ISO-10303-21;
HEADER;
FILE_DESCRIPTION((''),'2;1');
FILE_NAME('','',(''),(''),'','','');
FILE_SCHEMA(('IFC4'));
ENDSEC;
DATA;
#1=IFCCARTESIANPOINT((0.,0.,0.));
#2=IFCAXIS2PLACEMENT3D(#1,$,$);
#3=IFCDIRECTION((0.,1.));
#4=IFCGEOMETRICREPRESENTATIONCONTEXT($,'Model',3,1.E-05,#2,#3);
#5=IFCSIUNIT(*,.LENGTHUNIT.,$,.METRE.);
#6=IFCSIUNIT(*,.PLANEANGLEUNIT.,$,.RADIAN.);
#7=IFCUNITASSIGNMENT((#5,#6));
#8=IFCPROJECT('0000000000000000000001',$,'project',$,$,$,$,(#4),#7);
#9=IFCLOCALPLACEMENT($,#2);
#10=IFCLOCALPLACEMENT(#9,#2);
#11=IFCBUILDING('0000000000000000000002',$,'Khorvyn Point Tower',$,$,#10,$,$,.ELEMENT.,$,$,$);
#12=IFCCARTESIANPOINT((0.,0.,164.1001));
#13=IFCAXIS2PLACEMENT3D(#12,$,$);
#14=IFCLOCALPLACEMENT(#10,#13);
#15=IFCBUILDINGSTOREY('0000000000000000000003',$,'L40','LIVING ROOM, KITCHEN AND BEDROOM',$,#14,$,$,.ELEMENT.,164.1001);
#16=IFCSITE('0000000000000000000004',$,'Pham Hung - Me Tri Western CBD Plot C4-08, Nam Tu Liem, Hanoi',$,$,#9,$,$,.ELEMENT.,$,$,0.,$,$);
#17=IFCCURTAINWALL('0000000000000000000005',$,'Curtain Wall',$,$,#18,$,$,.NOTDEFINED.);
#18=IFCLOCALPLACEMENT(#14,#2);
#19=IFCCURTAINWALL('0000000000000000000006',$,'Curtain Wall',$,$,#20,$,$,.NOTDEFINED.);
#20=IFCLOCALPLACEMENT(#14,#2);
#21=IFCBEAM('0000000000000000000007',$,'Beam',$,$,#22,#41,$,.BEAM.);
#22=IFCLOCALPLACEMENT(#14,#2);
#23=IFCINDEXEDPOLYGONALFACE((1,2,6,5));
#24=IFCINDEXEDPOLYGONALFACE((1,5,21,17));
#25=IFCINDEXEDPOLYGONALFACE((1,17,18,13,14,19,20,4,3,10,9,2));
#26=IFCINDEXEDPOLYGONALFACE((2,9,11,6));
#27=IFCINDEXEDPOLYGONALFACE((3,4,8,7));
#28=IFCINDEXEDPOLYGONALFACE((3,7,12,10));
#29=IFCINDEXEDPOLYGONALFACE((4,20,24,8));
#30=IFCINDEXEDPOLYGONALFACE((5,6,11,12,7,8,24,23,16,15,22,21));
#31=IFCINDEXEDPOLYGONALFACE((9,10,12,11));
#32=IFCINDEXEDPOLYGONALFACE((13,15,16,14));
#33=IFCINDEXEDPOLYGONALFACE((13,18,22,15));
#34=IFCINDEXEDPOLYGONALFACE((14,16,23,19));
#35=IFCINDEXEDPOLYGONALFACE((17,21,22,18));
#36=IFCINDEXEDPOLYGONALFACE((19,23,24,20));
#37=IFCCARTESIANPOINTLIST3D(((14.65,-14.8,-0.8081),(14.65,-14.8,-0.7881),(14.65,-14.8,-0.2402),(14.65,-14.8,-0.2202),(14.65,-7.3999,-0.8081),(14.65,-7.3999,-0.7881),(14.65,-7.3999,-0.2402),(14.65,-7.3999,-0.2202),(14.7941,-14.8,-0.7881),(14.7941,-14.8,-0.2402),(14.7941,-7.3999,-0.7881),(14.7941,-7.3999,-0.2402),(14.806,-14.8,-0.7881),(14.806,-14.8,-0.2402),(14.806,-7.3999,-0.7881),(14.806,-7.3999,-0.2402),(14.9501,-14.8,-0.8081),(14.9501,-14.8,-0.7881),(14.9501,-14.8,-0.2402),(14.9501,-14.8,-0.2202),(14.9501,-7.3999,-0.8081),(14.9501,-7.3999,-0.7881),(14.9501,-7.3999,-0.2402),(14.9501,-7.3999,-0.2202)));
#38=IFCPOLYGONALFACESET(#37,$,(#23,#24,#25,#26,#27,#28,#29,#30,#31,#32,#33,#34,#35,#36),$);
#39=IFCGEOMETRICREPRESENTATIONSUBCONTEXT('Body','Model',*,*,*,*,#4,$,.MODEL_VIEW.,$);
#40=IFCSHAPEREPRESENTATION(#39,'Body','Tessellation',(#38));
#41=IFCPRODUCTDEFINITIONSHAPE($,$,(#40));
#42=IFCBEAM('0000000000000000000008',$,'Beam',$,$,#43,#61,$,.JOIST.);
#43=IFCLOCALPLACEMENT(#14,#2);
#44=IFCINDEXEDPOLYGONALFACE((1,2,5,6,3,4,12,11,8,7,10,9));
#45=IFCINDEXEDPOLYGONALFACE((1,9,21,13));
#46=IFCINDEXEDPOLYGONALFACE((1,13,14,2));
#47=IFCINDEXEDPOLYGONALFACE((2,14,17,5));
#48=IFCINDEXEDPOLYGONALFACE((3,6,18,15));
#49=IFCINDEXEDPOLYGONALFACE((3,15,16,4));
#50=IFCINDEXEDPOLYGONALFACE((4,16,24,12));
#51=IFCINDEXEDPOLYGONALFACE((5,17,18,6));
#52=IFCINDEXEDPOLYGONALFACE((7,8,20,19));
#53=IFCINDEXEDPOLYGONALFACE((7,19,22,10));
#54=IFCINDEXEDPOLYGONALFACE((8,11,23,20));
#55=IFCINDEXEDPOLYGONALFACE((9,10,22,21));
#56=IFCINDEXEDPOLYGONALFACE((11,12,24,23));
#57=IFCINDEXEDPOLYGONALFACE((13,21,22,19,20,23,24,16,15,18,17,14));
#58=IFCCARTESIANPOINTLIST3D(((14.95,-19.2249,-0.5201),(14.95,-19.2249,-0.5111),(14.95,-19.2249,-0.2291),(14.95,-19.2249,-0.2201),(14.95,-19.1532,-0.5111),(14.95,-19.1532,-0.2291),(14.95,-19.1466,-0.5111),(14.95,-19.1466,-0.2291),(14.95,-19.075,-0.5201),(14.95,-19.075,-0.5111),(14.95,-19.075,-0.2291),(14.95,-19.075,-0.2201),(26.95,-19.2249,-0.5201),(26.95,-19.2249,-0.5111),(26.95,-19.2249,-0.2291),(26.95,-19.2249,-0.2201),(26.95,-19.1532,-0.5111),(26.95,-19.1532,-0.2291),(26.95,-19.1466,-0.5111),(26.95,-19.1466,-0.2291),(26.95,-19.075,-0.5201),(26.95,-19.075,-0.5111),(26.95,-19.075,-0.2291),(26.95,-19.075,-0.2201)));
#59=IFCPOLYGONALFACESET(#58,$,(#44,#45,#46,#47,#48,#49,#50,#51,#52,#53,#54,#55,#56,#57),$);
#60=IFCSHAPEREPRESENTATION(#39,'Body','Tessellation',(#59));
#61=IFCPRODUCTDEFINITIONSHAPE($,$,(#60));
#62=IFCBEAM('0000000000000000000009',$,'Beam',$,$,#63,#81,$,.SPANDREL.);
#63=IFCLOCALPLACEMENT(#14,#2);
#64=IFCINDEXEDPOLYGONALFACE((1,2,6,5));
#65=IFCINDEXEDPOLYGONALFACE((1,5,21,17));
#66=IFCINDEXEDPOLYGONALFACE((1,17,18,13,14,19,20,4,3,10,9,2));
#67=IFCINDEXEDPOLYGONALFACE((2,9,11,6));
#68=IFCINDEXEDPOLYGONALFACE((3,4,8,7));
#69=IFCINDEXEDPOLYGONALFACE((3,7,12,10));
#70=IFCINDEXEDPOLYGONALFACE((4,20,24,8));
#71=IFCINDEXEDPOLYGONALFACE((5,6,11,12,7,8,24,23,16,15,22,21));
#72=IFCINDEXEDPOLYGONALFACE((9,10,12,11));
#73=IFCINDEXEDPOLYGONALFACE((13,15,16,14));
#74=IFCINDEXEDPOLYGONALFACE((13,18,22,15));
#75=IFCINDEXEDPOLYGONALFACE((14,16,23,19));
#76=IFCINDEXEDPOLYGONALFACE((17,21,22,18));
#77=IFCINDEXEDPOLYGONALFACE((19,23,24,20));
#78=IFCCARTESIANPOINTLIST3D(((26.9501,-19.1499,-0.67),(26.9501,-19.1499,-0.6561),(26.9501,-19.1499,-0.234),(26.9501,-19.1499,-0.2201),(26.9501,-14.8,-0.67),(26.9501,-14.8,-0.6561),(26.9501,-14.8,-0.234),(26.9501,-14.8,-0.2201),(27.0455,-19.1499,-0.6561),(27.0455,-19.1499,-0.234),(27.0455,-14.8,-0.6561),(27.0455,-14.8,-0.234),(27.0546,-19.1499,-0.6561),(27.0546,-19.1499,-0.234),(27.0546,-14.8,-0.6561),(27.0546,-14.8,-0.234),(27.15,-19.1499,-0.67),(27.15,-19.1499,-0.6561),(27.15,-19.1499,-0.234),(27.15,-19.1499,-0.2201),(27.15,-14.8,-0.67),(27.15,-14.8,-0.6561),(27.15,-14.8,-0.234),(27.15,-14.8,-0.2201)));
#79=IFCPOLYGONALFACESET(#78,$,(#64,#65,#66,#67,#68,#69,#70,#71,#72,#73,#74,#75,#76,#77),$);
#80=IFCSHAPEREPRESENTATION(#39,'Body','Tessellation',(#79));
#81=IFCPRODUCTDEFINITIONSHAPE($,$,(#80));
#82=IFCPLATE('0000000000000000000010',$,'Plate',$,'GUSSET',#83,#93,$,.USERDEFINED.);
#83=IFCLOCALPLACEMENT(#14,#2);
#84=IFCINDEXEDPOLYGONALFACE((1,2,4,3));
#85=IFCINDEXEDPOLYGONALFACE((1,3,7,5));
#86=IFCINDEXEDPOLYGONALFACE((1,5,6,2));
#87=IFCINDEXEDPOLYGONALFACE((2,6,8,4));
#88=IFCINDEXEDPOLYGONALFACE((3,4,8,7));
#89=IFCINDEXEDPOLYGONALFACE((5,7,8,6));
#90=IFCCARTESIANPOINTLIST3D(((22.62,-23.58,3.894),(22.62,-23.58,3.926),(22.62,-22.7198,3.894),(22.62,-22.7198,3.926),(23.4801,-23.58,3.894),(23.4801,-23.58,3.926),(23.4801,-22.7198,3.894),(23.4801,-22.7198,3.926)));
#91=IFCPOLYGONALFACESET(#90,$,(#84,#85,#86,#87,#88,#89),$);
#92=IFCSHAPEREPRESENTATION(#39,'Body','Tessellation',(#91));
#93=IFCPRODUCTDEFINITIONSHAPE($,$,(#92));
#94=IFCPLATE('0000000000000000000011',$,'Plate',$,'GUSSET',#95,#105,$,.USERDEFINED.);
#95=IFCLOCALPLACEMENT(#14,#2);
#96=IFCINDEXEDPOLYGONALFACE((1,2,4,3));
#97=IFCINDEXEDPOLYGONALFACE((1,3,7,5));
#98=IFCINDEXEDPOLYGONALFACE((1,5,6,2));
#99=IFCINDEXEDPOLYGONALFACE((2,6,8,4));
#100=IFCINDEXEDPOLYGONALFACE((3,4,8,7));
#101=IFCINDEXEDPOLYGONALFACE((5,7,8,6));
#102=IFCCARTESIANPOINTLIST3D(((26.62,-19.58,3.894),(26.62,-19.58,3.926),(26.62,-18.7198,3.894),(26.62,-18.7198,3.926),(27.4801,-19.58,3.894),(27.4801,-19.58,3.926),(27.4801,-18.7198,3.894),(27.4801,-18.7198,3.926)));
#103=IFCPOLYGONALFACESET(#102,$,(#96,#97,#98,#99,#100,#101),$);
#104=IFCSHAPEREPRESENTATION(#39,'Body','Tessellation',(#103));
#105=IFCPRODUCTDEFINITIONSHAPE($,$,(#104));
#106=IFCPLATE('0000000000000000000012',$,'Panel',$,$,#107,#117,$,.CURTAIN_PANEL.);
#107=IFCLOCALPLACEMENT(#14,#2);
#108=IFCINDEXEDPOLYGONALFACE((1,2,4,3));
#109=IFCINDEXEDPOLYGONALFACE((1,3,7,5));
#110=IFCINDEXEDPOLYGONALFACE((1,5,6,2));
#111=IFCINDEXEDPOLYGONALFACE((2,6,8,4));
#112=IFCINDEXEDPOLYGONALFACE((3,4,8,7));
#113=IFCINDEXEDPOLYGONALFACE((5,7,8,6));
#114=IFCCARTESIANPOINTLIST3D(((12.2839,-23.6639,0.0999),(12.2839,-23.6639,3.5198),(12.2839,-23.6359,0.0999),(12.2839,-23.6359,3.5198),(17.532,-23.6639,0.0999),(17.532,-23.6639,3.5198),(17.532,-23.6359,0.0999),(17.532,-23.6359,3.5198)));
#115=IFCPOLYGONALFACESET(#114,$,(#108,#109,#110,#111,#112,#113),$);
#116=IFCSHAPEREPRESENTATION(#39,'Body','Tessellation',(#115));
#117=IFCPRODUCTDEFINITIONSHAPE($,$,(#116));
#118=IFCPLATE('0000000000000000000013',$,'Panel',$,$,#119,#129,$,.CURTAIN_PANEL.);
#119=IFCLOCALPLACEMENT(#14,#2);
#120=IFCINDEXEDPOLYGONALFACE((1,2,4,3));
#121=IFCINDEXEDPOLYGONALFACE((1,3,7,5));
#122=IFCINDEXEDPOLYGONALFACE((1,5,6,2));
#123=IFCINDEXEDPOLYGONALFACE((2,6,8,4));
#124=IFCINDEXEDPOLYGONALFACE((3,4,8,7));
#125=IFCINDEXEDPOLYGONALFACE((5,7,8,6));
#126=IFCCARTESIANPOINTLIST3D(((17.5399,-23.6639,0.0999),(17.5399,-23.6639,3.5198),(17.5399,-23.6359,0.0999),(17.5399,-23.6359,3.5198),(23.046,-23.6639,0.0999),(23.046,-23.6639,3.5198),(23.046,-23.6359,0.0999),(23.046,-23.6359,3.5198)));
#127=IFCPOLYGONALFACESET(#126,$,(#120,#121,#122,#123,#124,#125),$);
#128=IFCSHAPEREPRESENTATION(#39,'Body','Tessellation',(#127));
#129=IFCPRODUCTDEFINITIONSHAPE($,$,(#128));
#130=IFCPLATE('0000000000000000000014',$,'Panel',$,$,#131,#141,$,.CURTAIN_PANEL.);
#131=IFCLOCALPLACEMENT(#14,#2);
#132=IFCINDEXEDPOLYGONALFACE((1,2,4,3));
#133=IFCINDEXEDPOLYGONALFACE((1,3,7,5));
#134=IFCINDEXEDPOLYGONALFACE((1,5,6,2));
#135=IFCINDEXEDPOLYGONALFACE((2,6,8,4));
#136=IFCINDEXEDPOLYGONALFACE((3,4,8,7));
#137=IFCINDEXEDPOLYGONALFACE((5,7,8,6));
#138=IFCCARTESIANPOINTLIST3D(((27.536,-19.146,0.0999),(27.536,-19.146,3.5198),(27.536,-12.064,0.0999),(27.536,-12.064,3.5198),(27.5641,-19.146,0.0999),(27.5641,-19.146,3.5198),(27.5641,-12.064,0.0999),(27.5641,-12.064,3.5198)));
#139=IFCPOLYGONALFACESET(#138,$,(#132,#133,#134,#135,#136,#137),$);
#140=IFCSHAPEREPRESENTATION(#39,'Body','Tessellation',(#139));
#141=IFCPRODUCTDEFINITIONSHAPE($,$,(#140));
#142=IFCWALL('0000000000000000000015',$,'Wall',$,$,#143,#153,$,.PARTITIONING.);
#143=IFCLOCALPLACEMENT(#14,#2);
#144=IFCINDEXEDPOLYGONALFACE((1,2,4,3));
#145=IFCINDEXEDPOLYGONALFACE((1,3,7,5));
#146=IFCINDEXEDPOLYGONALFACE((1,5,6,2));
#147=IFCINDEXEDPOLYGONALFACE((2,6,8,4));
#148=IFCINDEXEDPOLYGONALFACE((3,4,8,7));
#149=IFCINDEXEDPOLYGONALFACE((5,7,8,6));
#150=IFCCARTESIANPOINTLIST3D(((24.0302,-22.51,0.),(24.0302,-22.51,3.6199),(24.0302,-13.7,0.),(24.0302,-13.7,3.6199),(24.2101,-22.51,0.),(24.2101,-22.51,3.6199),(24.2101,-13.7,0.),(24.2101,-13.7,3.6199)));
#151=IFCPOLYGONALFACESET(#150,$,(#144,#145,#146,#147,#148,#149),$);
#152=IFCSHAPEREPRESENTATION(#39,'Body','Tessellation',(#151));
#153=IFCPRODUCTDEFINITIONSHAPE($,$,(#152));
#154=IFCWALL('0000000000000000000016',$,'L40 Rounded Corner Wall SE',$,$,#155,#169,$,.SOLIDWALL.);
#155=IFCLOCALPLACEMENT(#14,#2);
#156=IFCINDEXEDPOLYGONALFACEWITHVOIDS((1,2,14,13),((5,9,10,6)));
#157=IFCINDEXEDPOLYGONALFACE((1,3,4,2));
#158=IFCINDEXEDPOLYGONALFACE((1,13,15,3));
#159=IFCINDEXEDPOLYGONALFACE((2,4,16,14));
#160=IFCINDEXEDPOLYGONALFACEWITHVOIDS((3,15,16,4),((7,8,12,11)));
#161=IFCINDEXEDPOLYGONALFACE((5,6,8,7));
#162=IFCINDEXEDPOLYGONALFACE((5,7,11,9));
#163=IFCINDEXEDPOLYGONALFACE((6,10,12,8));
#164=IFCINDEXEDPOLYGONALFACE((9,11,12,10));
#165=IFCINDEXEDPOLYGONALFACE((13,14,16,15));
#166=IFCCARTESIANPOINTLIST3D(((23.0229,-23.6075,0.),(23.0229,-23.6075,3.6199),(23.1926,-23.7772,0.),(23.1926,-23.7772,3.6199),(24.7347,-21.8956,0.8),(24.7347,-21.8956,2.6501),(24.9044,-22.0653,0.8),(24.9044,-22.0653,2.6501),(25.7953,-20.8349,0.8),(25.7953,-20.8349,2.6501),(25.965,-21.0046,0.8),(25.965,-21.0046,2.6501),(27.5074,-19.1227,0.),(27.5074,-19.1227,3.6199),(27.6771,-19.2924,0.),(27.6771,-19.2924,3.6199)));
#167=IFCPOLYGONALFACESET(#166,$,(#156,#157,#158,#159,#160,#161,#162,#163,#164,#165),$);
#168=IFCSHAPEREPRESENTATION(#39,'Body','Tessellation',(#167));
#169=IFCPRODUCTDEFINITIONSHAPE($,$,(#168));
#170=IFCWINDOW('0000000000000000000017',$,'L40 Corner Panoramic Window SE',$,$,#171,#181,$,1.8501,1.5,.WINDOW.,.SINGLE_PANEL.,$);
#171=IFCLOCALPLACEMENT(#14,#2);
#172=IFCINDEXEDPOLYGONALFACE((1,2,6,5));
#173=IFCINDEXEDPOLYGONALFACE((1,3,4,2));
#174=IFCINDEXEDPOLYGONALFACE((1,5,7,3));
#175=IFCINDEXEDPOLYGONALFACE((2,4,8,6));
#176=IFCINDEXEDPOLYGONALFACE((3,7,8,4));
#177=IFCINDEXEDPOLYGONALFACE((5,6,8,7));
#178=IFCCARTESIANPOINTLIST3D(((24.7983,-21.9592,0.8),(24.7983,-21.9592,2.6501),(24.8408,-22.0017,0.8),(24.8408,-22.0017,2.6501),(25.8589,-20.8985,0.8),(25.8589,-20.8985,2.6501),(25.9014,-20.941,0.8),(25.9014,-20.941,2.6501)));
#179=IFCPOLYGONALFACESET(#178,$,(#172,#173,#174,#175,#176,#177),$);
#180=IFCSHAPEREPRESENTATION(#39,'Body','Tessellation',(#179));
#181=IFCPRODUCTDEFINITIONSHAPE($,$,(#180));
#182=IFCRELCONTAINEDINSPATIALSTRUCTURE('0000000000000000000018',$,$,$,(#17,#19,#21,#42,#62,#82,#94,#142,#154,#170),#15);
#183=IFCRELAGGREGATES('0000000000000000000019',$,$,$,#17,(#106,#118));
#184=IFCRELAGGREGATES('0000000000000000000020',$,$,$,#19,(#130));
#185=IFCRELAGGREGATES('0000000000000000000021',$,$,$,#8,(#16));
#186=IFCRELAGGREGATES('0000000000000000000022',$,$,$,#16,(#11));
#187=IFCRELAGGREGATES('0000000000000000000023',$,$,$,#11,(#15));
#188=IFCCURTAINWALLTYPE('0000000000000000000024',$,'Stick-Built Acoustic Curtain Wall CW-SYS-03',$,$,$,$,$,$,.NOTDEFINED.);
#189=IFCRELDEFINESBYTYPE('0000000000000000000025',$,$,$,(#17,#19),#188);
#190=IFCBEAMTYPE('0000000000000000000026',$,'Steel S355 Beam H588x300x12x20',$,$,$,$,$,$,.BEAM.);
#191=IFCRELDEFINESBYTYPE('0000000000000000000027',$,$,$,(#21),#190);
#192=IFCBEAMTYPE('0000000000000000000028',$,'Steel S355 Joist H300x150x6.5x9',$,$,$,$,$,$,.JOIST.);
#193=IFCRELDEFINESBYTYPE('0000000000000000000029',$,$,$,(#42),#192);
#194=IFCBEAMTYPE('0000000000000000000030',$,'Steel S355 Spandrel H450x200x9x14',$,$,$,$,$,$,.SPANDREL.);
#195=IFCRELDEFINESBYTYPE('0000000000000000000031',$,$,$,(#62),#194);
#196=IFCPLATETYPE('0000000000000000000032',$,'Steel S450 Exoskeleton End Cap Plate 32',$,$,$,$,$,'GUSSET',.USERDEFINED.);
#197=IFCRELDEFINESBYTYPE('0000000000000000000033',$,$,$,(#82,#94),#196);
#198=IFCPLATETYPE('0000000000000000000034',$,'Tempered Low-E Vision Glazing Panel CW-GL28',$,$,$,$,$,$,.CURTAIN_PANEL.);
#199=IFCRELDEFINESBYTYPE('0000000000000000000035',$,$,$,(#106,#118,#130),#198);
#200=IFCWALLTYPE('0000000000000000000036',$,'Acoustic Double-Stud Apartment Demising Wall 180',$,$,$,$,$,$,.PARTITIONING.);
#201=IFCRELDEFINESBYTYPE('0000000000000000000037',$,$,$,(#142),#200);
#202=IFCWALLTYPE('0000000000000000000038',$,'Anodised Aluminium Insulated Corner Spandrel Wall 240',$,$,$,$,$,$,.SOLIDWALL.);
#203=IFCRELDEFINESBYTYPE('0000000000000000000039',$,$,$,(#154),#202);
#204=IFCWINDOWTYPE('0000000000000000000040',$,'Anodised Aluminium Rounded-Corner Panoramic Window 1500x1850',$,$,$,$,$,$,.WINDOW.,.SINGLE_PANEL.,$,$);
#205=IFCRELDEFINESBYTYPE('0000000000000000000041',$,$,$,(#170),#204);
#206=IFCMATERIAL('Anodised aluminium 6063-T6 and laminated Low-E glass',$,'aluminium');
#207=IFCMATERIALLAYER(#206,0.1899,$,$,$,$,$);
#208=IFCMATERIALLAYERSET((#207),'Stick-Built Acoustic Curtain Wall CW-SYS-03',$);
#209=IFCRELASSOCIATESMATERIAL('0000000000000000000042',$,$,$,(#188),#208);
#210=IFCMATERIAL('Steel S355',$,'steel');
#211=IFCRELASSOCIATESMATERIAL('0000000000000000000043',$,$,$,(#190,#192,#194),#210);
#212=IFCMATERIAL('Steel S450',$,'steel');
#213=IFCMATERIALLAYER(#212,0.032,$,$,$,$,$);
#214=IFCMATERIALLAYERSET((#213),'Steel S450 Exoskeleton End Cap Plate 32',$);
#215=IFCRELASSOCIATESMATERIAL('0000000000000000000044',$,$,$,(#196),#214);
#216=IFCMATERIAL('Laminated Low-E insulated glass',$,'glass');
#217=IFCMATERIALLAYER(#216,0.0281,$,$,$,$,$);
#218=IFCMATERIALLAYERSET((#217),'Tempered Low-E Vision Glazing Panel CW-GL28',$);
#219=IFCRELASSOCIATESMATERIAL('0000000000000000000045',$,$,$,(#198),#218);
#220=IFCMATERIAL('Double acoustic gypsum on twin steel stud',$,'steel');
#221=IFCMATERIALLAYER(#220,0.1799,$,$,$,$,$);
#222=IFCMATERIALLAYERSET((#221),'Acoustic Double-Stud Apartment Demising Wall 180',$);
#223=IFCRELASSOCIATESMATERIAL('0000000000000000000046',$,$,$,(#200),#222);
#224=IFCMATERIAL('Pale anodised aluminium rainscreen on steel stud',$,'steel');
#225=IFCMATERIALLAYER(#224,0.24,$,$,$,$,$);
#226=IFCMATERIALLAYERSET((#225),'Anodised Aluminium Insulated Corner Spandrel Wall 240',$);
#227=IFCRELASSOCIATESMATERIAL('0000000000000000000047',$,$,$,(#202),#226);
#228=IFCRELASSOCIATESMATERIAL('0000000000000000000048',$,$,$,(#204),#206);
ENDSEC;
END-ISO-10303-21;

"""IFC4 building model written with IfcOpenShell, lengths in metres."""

from ifc_helpers import new_model, si_unit, direction, frame, frame_2d, origin, origin_2d, place, context, subcontext, project, spatial, rectangle, i_section, extrude, material, layer, layer_set, material_profile, profile_set, type_object, element, fill, aggregate, save


model = new_model("IFC4")

# Units and contexts
model_context = context("Model", 3, precision=1e-05, world=origin(), true_north=direction((0.0, 1.0)))
body_context = subcontext(model_context, "Body", "Model", "MODEL_VIEW")
ifc_project = project(units=[si_unit("LENGTHUNIT", "METRE"), si_unit("PLANEANGLEUNIT", "RADIAN")], contexts=[model_context])

# Site, building, storey
site_placement = place(None, origin())
site = spatial("IfcSite", under=ifc_project, at=site_placement, Name="Pham Hung - Me Tri Western CBD Plot C4-08, Nam Tu Liem, Hanoi", CompositionType="ELEMENT", RefElevation=0.0)
building_placement = place(site_placement, origin())
building = spatial("IfcBuilding", under=site, at=building_placement, Name="Khorvyn Point Tower", CompositionType="ELEMENT")
storey_placement = place(building_placement, frame((0.0, 0.0, 164.1001)))
storey = spatial("IfcBuildingStorey", under=building, at=storey_placement, Name="L40", Description="LIVING ROOM, KITCHEN AND BEDROOM", CompositionType="ELEMENT", Elevation=164.1001)

# Shared definitions
ifc_material_1 = material(Name="Steel S450", Category="steel")

# Curtain walls
ifc_material_2 = material(Name="Anodised aluminium 6063-T6 and laminated Low-E glass", Category="aluminium")
ifc_layer_1 = layer(ifc_material_2, 0.1899)
ifc_layer_set_1 = layer_set([ifc_layer_1], Name="Stick-Built Acoustic Curtain Wall CW-SYS-03")
curtain_wall_type = type_object("IfcCurtainWallType", Name="Stick-Built Acoustic Curtain Wall CW-SYS-03", PredefinedType="NOTDEFINED", material=ifc_layer_set_1)
curtain_wall_1_placement = place(storey_placement, origin())
curtain_wall_1 = element("IfcCurtainWall", 1, at=curtain_wall_1_placement, inside=storey, type_object=curtain_wall_type, Name="Curtain Wall", PredefinedType="NOTDEFINED")
curtain_wall_2_placement = place(storey_placement, origin())
curtain_wall_2 = element("IfcCurtainWall", 2, at=curtain_wall_2_placement, inside=storey, type_object=curtain_wall_type, Name="Curtain Wall", PredefinedType="NOTDEFINED")

# Beams
ifc_material_3 = material(Name="Steel S355", Category="steel")
ifc_material_profile_1 = material_profile(ifc_material_3, i_section(OverallWidth=0.3, OverallDepth=0.5879, WebThickness=0.012, FlangeThickness=0.02, at=origin_2d()))
ifc_profile_set_1 = profile_set([ifc_material_profile_1], Name="Steel S355 H588x300x12x20")
beam_type_1 = type_object("IfcBeamType", Name="Steel S355 Beam H588x300x12x20", PredefinedType="BEAM", material=ifc_profile_set_1)
beam_1_placement = place(storey_placement, frame((14.8, -14.8, -0.5142), z_axis=(0.0, 1.0, 0.0), x_axis=(-1.0, 0.0, 0.0)))
element("IfcBeam", 3, at=beam_1_placement, inside=storey, type_object=beam_type_1, Name="Beam", PredefinedType="BEAM", context=body_context, shape_type="SweptSolid", body=[
    extrude(i_section(OverallWidth=0.3, OverallDepth=0.5879, WebThickness=0.012, FlangeThickness=0.02, at=origin_2d()), origin(), (0.0, 0.0, 1.0), 7.4001),
])
ifc_material_profile_2 = material_profile(ifc_material_3, i_section(OverallWidth=0.1499, OverallDepth=0.3, WebThickness=0.0066, FlangeThickness=0.009, at=origin_2d()))
ifc_profile_set_2 = profile_set([ifc_material_profile_2], Name="Steel S355 H300x150x6.5x9")
beam_type_2 = type_object("IfcBeamType", Name="Steel S355 Joist H300x150x6.5x9", PredefinedType="JOIST", material=ifc_profile_set_2)
beam_2_placement = place(storey_placement, frame((14.95, -19.1499, -0.3701), z_axis=(1.0, 0.0, 0.0), x_axis=(0.0, 1.0, 0.0)))
element("IfcBeam", 4, at=beam_2_placement, inside=storey, type_object=beam_type_2, Name="Beam", PredefinedType="JOIST", context=body_context, shape_type="SweptSolid", body=[
    extrude(i_section(OverallWidth=0.1499, OverallDepth=0.3, WebThickness=0.0066, FlangeThickness=0.009, at=origin_2d()), origin(), (0.0, 0.0, 1.0), 12.0),
])
ifc_material_profile_3 = material_profile(ifc_material_3, i_section(OverallWidth=0.2, OverallDepth=0.45, WebThickness=0.009, FlangeThickness=0.0139, at=origin_2d()))
ifc_profile_set_3 = profile_set([ifc_material_profile_3], Name="Steel S355 H450x200x9x14")
beam_type_3 = type_object("IfcBeamType", Name="Steel S355 Spandrel H450x200x9x14", PredefinedType="SPANDREL", material=ifc_profile_set_3)
beam_3_placement = place(storey_placement, frame((27.05, -19.1499, -0.4451), z_axis=(0.0, 1.0, 0.0), x_axis=(-1.0, 0.0, 0.0)))
element("IfcBeam", 5, at=beam_3_placement, inside=storey, type_object=beam_type_3, Name="Beam", PredefinedType="SPANDREL", context=body_context, shape_type="SweptSolid", body=[
    extrude(i_section(OverallWidth=0.2, OverallDepth=0.45, WebThickness=0.009, FlangeThickness=0.0139, at=origin_2d()), origin(), (0.0, 0.0, 1.0), 4.3499),
])

# Plates
ifc_layer_2 = layer(ifc_material_1, 0.032)
ifc_layer_set_2 = layer_set([ifc_layer_2], Name="Steel S450 Exoskeleton End Cap Plate 32")
plate_type_1 = type_object("IfcPlateType", Name="Steel S450 Exoskeleton End Cap Plate 32", ElementType="GUSSET", PredefinedType="USERDEFINED", material=ifc_layer_set_2)
for number, where, z_axis, x_axis, name in (
    (6, (23.05, -23.1499, 3.894), (0.0, 0.0, 1.0), (1.0, 0.0, 0.0), "Plate"),
    (7, (27.05, -19.1499, 3.894), (0.0, 0.0, 1.0), (1.0, 0.0, 0.0), "Plate"),
):
    element("IfcPlate", number, at=place(storey_placement, frame(where, z_axis=z_axis, x_axis=x_axis)), inside=storey, type_object=plate_type_1, Name=name, ObjectType="GUSSET", PredefinedType="USERDEFINED", context=body_context, shape_type="SweptSolid", body=[
        extrude(rectangle(XDim=0.8601, YDim=0.8601, at=origin_2d()), origin(), (0.0, 0.0, 1.0), 0.032),
    ])

# Plates
ifc_material_4 = material(Name="Laminated Low-E insulated glass", Category="glass")
ifc_layer_3 = layer(ifc_material_4, 0.0281)
ifc_layer_set_3 = layer_set([ifc_layer_3], Name="Tempered Low-E Vision Glazing Panel CW-GL28")
plate_type_2 = type_object("IfcPlateType", Name="Tempered Low-E Vision Glazing Panel CW-GL28", PredefinedType="CURTAIN_PANEL", material=ifc_layer_set_3)
plate_1_placement = place(storey_placement, frame((14.908, -23.6499, 0.0999), z_axis=(0.0, 0.0, 1.0), x_axis=(-1.0, 0.0, 0.0)))
plate_1 = element("IfcPlate", 8, at=plate_1_placement, type_object=plate_type_2, Name="Panel", PredefinedType="CURTAIN_PANEL", context=body_context, shape_type="SweptSolid", body=[
    extrude(rectangle(XDim=5.248, YDim=0.0281, at=origin_2d()), origin(), (0.0, 0.0, 1.0), 3.4199),
])
plate_2_placement = place(storey_placement, frame((20.293, -23.6499, 0.0999), z_axis=(0.0, 0.0, 1.0), x_axis=(-1.0, 0.0, 0.0)))
plate_2 = element("IfcPlate", 9, at=plate_2_placement, type_object=plate_type_2, Name="Panel", PredefinedType="CURTAIN_PANEL", context=body_context, shape_type="SweptSolid", body=[
    extrude(rectangle(XDim=5.5061, YDim=0.0281, at=origin_2d()), origin(), (0.0, 0.0, 1.0), 3.4199),
])
aggregate(curtain_wall_1, [plate_1, plate_2])
plate_3_placement = place(storey_placement, frame((27.55, -15.605, 0.0999), z_axis=(0.0, 0.0, 1.0), x_axis=(0.0, -1.0, 0.0)))
plate_3 = element("IfcPlate", 10, at=plate_3_placement, type_object=plate_type_2, Name="Panel", PredefinedType="CURTAIN_PANEL", context=body_context, shape_type="SweptSolid", body=[
    extrude(rectangle(XDim=7.082, YDim=0.0281, at=origin_2d()), origin(), (0.0, 0.0, 1.0), 3.4199),
])
aggregate(curtain_wall_2, [plate_3])

# Wall
ifc_material_5 = material(Name="Double acoustic gypsum on twin steel stud", Category="steel")
ifc_layer_4 = layer(ifc_material_5, 0.1799)
ifc_layer_set_4 = layer_set([ifc_layer_4], Name="Acoustic Double-Stud Apartment Demising Wall 180")
wall_type_1 = type_object("IfcWallType", Name="Acoustic Double-Stud Apartment Demising Wall 180", PredefinedType="PARTITIONING", material=ifc_layer_set_4)
wall_1_placement = place(storey_placement, frame((24.1201, -22.51, 0.0), z_axis=(0.0, 0.0, 1.0), x_axis=(0.0, 1.0, 0.0)))
element("IfcWall", 11, at=wall_1_placement, inside=storey, type_object=wall_type_1, Name="Wall", PredefinedType="PARTITIONING", context=body_context, shape_type="SweptSolid", body=[
    extrude(rectangle(XDim=8.8101, YDim=0.1799, at=frame_2d((4.405, 0.0))), origin(), (0.0, 0.0, 1.0), 3.6199),
])

# Wall, opening, window
ifc_material_6 = material(Name="Pale anodised aluminium rainscreen on steel stud", Category="steel")
ifc_layer_5 = layer(ifc_material_6, 0.24)
ifc_layer_set_5 = layer_set([ifc_layer_5], Name="Anodised Aluminium Insulated Corner Spandrel Wall 240")
wall_type_2 = type_object("IfcWallType", Name="Anodised Aluminium Insulated Corner Spandrel Wall 240", PredefinedType="SOLIDWALL", material=ifc_layer_set_5)
wall_2_placement = place(storey_placement, frame((27.5923, -19.2075, 0.0), z_axis=(0.0, 0.0, 1.0), x_axis=(-0.707088, -0.707126, 0.0)))
wall_2 = element("IfcWall", 12, at=wall_2_placement, inside=storey, type_object=wall_type_2, Name="L40 Rounded Corner Wall SE", PredefinedType="SOLIDWALL", context=body_context, shape_type="SweptSolid", body=[
    extrude(rectangle(XDim=6.3423, YDim=0.24, at=frame_2d((3.1711, 0.0))), origin(), (0.0, 0.0, 1.0), 3.6199),
])
opening_1_placement = place(wall_2_placement, frame((2.4214, 0.0, 0.8)))
opening_1 = element("IfcOpeningElement", 13, at=opening_1_placement, cuts=wall_2, PredefinedType="OPENING", context=body_context, shape_type="SweptSolid", body=[
    extrude(rectangle(XDim=1.5, YDim=1.8501, at=frame_2d((0.75, 0.925))), frame((0.0, 0.1299, 0.0), z_axis=(0.0, -1.0, 0.0), x_axis=(1.0, 0.0, 0.0)), (0.0, 0.0, 1.0), 0.26),
])
window_type = type_object("IfcWindowType", Name="Anodised Aluminium Rounded-Corner Panoramic Window 1500x1850", PartitioningType="SINGLE_PANEL", PredefinedType="WINDOW", material=ifc_material_2)
window_placement = place(opening_1_placement, origin())
window = element("IfcWindow", 14, at=window_placement, inside=storey, type_object=window_type, Name="L40 Corner Panoramic Window SE", OverallHeight=1.8501, OverallWidth=1.5, PartitioningType="SINGLE_PANEL", PredefinedType="WINDOW", context=body_context, shape_type="SweptSolid", body=[
    extrude(rectangle(XDim=1.5, YDim=1.8501, at=frame_2d((0.75, 0.925))), frame((0.0, 0.03, 0.0), z_axis=(0.0, -1.0, 0.0), x_axis=(1.0, 0.0, 0.0)), (0.0, 0.0, 1.0), 0.0601),
])
fill(opening_1, window)

save(model, "model.ifc")
